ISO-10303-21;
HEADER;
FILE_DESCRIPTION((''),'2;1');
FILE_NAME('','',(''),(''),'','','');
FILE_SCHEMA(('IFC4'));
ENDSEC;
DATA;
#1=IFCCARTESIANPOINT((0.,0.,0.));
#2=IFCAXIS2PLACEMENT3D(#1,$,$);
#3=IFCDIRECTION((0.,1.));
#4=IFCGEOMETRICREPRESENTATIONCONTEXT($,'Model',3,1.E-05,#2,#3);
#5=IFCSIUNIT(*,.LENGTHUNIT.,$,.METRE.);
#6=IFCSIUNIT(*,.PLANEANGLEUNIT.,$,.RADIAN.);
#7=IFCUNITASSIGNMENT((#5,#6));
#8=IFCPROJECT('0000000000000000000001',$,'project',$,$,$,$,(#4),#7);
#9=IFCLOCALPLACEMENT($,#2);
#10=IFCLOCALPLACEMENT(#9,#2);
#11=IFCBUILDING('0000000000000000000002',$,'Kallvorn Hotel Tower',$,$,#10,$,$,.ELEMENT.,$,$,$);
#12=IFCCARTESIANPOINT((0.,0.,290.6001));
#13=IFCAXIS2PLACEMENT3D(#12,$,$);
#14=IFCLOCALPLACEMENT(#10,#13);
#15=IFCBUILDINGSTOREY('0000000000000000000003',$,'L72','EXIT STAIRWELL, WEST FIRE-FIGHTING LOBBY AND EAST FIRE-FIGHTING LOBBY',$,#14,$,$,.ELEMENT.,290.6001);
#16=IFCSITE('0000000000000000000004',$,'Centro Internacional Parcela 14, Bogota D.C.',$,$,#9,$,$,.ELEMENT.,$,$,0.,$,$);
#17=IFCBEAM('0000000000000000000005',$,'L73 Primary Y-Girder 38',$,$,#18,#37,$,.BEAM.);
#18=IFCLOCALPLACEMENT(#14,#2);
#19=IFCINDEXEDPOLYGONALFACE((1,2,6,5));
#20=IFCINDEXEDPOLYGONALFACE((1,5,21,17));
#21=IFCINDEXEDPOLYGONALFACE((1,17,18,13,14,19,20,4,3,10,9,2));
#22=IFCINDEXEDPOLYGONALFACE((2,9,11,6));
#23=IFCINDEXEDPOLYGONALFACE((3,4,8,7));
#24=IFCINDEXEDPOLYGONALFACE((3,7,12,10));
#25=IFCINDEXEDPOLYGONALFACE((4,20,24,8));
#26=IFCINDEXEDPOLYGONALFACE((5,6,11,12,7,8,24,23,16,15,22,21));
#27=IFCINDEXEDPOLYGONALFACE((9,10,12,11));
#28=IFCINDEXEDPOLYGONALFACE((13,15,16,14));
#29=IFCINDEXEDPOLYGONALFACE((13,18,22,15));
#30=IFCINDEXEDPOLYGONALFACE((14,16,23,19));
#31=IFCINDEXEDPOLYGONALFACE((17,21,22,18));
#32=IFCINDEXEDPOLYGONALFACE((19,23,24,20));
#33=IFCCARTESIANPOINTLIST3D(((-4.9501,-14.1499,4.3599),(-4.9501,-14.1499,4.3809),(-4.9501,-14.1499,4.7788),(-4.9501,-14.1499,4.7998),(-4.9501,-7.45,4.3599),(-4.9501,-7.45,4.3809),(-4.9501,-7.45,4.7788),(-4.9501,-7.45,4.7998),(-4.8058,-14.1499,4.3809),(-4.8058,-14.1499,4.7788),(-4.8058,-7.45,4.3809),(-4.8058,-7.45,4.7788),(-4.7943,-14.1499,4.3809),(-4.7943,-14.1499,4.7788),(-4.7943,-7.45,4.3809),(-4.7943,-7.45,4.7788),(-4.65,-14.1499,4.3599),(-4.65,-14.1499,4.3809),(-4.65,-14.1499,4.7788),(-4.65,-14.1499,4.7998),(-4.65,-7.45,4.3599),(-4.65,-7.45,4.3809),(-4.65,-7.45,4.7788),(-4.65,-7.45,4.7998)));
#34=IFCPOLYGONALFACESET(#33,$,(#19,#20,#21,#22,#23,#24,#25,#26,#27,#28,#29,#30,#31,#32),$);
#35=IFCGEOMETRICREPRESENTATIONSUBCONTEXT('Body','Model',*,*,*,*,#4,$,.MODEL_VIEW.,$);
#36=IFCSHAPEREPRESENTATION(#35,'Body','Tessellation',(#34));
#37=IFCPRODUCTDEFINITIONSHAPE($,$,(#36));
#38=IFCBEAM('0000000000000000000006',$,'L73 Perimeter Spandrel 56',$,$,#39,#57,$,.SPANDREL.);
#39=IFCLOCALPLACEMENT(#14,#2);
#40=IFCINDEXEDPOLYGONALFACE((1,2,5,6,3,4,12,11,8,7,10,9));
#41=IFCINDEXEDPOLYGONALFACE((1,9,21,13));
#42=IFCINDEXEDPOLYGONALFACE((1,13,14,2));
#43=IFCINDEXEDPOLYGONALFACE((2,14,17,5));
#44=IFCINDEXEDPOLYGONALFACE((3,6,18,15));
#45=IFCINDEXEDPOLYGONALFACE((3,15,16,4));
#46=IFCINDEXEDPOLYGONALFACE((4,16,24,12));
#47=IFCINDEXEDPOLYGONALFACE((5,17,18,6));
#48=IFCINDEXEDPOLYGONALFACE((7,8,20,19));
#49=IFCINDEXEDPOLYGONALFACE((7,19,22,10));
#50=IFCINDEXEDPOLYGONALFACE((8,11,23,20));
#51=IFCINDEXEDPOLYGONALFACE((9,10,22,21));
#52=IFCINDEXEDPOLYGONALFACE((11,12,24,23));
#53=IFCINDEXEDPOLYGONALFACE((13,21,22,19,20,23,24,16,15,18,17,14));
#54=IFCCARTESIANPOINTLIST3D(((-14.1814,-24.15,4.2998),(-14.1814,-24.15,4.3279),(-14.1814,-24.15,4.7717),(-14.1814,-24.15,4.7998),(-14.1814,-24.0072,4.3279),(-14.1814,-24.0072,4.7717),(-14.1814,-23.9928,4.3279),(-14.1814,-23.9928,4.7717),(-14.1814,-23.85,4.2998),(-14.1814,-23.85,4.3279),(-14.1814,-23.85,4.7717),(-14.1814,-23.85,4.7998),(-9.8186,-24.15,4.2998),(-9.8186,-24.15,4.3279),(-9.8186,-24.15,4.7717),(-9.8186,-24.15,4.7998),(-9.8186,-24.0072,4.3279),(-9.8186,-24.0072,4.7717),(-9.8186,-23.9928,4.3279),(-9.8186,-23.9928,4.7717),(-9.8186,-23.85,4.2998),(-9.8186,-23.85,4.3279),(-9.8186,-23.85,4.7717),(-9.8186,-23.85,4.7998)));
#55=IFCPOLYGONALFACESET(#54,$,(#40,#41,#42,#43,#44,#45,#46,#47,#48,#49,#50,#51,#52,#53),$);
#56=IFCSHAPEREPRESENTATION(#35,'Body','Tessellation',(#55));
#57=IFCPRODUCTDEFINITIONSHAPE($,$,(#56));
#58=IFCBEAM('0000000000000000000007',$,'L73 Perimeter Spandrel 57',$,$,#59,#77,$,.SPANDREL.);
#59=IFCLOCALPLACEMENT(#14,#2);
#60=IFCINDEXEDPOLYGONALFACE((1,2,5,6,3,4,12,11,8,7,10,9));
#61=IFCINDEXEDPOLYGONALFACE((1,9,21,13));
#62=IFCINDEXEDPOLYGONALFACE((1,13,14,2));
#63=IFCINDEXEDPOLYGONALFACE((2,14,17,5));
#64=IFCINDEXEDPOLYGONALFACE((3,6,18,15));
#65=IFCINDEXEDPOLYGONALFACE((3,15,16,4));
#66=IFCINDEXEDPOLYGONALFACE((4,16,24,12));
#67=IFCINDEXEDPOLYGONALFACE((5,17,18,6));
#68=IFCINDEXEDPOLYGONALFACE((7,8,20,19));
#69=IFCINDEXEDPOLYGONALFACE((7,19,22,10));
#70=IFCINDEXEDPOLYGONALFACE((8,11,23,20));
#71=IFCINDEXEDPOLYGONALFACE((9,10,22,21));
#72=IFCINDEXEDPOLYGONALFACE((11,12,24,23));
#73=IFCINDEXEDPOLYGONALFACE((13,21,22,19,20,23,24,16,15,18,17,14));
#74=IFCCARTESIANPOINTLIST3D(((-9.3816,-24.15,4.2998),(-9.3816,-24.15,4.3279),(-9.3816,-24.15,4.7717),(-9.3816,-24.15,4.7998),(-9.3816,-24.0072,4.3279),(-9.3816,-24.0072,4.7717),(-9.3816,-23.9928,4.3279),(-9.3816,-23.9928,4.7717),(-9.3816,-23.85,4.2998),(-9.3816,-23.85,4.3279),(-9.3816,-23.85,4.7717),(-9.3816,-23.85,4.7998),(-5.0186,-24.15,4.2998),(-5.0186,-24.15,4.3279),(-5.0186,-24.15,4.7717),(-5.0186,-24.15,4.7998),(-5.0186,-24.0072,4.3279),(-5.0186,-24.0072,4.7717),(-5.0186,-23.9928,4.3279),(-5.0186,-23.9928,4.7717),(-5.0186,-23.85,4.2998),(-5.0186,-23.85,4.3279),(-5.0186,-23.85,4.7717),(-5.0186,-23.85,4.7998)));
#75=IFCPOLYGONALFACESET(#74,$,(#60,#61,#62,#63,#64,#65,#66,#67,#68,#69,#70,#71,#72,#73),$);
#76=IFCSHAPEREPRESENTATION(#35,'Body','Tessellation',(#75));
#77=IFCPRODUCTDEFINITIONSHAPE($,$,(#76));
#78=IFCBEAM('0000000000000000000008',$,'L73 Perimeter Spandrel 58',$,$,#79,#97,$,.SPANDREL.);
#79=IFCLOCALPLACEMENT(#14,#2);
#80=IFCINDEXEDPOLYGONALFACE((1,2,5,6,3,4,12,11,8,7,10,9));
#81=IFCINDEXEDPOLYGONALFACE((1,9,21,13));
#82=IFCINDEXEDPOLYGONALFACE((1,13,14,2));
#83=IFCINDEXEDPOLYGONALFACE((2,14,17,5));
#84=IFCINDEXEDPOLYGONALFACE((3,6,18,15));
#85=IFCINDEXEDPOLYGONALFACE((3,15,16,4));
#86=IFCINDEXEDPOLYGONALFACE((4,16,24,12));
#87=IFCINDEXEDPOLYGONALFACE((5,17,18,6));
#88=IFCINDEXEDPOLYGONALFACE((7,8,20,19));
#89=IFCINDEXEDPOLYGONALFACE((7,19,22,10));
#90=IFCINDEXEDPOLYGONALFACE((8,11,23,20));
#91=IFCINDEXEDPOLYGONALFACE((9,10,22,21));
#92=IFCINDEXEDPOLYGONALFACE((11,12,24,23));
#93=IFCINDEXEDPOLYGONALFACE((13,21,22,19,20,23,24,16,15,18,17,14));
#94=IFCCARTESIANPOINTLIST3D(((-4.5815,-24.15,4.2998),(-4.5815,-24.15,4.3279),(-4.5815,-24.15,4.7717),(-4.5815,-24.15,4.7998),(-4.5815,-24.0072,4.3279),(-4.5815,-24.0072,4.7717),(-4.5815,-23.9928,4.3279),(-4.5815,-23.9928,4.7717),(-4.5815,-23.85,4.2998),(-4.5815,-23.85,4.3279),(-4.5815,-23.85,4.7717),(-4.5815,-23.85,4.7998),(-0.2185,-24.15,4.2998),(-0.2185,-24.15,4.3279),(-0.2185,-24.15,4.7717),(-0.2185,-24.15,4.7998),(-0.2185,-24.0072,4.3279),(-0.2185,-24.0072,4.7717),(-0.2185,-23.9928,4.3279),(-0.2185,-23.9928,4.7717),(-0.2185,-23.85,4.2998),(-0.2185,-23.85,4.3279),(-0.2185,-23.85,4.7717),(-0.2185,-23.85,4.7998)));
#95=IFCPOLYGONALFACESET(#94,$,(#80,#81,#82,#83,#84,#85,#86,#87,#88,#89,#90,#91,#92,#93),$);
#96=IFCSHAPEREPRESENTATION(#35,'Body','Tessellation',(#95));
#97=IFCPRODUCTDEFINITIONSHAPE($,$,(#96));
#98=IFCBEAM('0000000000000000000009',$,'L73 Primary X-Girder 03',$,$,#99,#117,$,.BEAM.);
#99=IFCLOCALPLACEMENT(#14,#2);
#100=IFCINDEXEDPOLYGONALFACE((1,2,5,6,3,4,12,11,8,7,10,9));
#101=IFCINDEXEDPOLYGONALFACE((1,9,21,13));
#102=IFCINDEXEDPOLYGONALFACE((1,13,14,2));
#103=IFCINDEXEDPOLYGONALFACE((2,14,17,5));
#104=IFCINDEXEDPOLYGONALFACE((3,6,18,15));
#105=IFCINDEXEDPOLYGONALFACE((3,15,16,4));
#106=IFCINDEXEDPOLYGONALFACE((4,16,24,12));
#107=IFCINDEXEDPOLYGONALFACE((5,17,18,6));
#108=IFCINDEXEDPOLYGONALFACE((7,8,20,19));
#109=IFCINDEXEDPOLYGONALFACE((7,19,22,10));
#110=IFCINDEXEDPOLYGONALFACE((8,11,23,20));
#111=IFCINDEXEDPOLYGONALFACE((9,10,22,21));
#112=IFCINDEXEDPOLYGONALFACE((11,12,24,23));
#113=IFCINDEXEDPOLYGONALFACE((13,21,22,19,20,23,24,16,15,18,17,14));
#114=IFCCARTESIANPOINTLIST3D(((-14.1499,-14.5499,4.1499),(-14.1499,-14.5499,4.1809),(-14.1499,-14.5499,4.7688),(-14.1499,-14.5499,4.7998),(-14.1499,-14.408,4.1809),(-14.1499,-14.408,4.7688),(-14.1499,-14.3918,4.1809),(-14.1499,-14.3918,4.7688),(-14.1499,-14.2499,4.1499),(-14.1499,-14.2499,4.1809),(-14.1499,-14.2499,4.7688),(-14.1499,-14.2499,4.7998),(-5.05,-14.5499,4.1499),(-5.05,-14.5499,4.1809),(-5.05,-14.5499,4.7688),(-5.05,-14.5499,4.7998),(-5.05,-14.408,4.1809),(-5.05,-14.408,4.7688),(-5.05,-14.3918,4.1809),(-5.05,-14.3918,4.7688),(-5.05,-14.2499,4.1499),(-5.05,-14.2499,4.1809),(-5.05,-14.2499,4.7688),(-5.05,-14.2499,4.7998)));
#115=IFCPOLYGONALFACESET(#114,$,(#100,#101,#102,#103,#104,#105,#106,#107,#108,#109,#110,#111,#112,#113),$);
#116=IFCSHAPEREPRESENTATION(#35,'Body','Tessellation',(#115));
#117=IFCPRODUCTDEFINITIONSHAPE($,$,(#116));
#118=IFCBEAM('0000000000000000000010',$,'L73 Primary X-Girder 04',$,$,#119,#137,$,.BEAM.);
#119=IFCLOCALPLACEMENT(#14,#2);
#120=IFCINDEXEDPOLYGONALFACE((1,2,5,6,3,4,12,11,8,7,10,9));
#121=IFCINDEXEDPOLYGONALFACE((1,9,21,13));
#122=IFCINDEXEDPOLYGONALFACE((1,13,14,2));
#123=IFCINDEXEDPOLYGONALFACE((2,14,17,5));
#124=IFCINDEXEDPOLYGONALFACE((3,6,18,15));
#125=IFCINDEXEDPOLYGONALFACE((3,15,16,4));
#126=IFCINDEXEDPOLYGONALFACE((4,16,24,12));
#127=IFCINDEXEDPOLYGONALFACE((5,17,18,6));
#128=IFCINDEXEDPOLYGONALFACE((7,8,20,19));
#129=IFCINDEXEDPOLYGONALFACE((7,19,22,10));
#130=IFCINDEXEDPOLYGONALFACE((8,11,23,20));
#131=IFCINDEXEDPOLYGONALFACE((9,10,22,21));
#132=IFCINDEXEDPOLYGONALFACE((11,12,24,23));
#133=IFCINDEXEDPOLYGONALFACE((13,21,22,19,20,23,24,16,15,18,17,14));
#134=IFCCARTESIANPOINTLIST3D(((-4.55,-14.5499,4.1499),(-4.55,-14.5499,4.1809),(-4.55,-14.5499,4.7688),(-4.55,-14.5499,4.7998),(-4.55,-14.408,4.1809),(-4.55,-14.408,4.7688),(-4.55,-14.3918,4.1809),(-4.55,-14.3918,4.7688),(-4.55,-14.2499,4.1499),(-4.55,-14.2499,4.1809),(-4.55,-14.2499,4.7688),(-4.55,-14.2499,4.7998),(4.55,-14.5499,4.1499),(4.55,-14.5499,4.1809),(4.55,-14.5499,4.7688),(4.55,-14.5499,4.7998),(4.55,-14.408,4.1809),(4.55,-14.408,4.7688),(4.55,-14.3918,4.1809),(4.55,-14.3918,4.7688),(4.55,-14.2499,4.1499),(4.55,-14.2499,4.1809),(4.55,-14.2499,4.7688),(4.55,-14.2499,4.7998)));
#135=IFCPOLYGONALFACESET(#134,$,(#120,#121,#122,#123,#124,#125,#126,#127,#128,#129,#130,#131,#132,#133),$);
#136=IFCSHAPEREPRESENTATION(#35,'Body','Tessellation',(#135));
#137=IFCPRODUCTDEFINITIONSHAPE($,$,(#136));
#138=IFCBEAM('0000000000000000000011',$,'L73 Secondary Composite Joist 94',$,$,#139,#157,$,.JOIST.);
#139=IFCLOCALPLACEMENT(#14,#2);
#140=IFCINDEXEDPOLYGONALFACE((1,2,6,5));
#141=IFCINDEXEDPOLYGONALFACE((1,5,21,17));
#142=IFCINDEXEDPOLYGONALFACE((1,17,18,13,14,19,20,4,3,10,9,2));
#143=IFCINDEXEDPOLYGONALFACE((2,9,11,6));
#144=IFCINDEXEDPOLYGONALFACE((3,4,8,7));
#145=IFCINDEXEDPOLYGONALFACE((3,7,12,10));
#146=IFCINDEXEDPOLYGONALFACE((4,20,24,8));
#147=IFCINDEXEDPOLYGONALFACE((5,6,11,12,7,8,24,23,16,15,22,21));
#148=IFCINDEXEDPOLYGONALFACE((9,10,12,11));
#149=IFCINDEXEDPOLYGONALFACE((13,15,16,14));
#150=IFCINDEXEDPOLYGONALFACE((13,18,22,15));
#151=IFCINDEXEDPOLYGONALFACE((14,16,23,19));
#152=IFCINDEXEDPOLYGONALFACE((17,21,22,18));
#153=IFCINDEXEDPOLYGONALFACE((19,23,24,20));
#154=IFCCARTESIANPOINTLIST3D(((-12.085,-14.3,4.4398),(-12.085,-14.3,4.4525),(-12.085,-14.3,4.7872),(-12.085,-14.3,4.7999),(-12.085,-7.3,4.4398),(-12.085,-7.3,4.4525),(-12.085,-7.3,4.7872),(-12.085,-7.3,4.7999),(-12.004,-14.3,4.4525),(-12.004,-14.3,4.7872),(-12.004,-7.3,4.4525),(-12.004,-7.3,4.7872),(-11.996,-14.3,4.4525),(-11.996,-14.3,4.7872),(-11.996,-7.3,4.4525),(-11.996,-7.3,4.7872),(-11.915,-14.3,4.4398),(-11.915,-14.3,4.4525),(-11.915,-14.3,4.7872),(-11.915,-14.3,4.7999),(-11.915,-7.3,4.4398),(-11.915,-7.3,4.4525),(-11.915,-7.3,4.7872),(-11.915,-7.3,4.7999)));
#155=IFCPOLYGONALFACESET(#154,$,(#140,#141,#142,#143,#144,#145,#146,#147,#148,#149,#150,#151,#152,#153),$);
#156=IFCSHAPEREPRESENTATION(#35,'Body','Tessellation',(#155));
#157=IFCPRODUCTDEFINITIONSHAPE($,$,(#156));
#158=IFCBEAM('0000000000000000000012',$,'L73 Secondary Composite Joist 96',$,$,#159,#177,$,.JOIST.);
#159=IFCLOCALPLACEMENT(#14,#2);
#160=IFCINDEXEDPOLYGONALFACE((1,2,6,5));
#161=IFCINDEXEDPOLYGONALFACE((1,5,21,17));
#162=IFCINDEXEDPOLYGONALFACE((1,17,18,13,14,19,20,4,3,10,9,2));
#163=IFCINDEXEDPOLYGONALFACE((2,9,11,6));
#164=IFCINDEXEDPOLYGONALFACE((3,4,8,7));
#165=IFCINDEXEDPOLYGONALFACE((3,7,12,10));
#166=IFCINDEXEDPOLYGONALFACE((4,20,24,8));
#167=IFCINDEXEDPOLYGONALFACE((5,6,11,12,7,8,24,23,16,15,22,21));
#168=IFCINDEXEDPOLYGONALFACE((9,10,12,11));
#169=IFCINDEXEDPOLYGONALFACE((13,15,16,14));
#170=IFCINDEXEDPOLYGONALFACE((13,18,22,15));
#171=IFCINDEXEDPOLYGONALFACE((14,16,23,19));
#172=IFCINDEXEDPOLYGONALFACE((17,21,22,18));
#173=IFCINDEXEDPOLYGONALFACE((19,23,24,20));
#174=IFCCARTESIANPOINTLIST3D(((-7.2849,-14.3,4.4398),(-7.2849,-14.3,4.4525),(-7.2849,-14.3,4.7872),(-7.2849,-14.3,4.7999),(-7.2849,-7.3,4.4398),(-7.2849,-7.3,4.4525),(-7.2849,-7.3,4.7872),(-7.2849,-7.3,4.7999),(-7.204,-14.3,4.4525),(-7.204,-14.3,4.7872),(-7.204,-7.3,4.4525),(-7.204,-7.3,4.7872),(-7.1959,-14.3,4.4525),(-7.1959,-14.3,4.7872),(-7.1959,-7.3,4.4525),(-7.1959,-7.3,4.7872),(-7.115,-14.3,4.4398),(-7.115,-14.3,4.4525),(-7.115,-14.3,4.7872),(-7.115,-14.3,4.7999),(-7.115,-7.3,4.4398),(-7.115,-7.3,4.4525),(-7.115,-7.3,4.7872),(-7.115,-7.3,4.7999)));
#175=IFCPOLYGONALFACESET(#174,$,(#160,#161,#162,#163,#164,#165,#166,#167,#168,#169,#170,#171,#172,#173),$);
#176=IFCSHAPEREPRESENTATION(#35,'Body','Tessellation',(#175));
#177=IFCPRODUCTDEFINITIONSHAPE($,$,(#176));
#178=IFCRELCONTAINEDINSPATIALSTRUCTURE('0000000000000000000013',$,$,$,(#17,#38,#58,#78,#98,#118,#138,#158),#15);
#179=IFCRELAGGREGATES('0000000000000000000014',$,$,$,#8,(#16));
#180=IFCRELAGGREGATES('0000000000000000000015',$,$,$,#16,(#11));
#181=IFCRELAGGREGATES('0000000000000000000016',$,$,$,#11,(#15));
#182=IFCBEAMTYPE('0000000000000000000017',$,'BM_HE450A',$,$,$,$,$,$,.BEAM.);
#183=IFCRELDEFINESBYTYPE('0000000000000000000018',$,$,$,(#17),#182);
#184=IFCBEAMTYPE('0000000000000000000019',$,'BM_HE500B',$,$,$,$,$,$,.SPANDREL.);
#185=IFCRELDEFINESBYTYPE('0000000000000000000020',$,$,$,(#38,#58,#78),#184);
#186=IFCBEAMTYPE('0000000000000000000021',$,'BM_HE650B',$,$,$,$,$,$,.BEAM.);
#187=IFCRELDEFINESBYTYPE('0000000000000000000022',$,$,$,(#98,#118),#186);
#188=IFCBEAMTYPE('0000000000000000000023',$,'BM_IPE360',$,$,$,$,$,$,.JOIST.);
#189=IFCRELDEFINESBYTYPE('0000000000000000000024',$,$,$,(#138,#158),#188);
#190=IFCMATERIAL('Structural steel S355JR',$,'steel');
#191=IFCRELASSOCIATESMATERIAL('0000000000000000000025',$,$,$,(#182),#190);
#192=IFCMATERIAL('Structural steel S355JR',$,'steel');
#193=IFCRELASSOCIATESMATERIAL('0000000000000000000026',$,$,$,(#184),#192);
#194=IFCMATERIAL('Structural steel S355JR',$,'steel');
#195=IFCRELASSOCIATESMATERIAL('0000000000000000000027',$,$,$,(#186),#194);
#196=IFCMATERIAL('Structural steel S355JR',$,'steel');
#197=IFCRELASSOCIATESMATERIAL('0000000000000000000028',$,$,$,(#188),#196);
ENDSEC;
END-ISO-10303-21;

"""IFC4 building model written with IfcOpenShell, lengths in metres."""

from ifc_helpers import new_model, si_unit, direction, frame, origin, origin_2d, place, context, subcontext, project, spatial, i_section, extrude, material, material_profile, profile_set, type_object, element, save


model = new_model("IFC4")

# Units and contexts
model_context = context("Model", 3, precision=1e-05, world=origin(), true_north=direction((0.0, 1.0)))
body_context = subcontext(model_context, "Body", "Model", "MODEL_VIEW")
ifc_project = project(units=[si_unit("LENGTHUNIT", "METRE"), si_unit("PLANEANGLEUNIT", "RADIAN")], contexts=[model_context])

# Site, building, storey
site_placement = place(None, origin())
site = spatial("IfcSite", under=ifc_project, at=site_placement, Name="Centro Internacional Parcela 14, Bogota D.C.", CompositionType="ELEMENT", RefElevation=0.0)
building_placement = place(site_placement, origin())
building = spatial("IfcBuilding", under=site, at=building_placement, Name="Kallvorn Hotel Tower", CompositionType="ELEMENT")
storey_placement = place(building_placement, frame((0.0, 0.0, 290.6001)))
storey = spatial("IfcBuildingStorey", under=building, at=storey_placement, Name="L72", Description="EXIT STAIRWELL, WEST FIRE-FIGHTING LOBBY AND EAST FIRE-FIGHTING LOBBY", CompositionType="ELEMENT", Elevation=290.6001)

# Beams
ifc_material_1 = material(Name="Structural steel S355JR", Category="steel")
ifc_material_profile_1 = material_profile(ifc_material_1, i_section(OverallWidth=0.3, OverallDepth=0.4399, WebThickness=0.0115, FlangeThickness=0.021, at=origin_2d()), Name="HE 450 A")
ifc_profile_set_1 = profile_set([ifc_material_profile_1], Name="Structural steel S355JR")
beam_type_1 = type_object("IfcBeamType", Name="BM_HE450A", PredefinedType="BEAM", material=ifc_profile_set_1)
beam_1_placement = place(storey_placement, frame((-4.8, -14.1499, 4.5798), z_axis=(0.0, 1.0, 0.0), x_axis=(-1.0, 0.0, 0.0)))
element("IfcBeam", 1, at=beam_1_placement, inside=storey, type_object=beam_type_1, Name="L73 Primary Y-Girder 38", PredefinedType="BEAM", context=body_context, shape_type="SweptSolid", body=[
    extrude(i_section(OverallWidth=0.3, OverallDepth=0.4399, WebThickness=0.0115, FlangeThickness=0.021, at=origin_2d()), origin(), (0.0, 0.0, 1.0), 6.7),
])
ifc_material_2 = material(Name="Structural steel S355JR", Category="steel")
ifc_material_profile_2 = material_profile(ifc_material_2, i_section(OverallWidth=0.3, OverallDepth=0.5, WebThickness=0.0144, FlangeThickness=0.0281, at=origin_2d()), Name="HE 500 B")
ifc_profile_set_2 = profile_set([ifc_material_profile_2], Name="Structural steel S355JR")
beam_type_2 = type_object("IfcBeamType", Name="BM_HE500B", PredefinedType="SPANDREL", material=ifc_profile_set_2)
beam_2_placement = place(storey_placement, frame((-14.1814, -24.0, 4.5498), z_axis=(1.0, 0.0, 0.0), x_axis=(0.0, 1.0, 0.0)))
element("IfcBeam", 2, at=beam_2_placement, inside=storey, type_object=beam_type_2, Name="L73 Perimeter Spandrel 56", PredefinedType="SPANDREL", context=body_context, shape_type="SweptSolid", body=[
    extrude(i_section(OverallWidth=0.3, OverallDepth=0.5, WebThickness=0.0144, FlangeThickness=0.0281, at=origin_2d()), origin(), (0.0, 0.0, 1.0), 4.3628),
])
for number, where, z_axis, x_axis, name in (
    (3, (-9.3816, -24.0, 4.5498), (1.0, 0.0, 0.0), (0.0, 1.0, 0.0), "L73 Perimeter Spandrel 57"),
    (4, (-4.5815, -24.0, 4.5498), (1.0, 0.0, 0.0), (0.0, 1.0, 0.0), "L73 Perimeter Spandrel 58"),
):
    element("IfcBeam", number, at=place(storey_placement, frame(where, z_axis=z_axis, x_axis=x_axis)), inside=storey, type_object=beam_type_2, Name=name, PredefinedType="SPANDREL", context=body_context, shape_type="SweptSolid", body=[
        extrude(i_section(OverallWidth=0.3, OverallDepth=0.5, WebThickness=0.0144, FlangeThickness=0.0281, at=origin_2d()), origin(), (0.0, 0.0, 1.0), 4.363),
    ])
ifc_material_3 = material(Name="Structural steel S355JR", Category="steel")
ifc_material_profile_3 = material_profile(ifc_material_3, i_section(OverallWidth=0.3, OverallDepth=0.6499, WebThickness=0.0161, FlangeThickness=0.031, at=origin_2d()), Name="HE 650 B")
ifc_profile_set_3 = profile_set([ifc_material_profile_3], Name="Structural steel S355JR")
beam_type_3 = type_object("IfcBeamType", Name="BM_HE650B", PredefinedType="BEAM", material=ifc_profile_set_3)
beam_3_placement = place(storey_placement, frame((-14.1499, -14.3999, 4.4749), z_axis=(1.0, 0.0, 0.0), x_axis=(0.0, 1.0, 0.0)))
element("IfcBeam", 5, at=beam_3_placement, inside=storey, type_object=beam_type_3, Name="L73 Primary X-Girder 03", PredefinedType="BEAM", context=body_context, shape_type="SweptSolid", body=[
    extrude(i_section(OverallWidth=0.3, OverallDepth=0.6499, WebThickness=0.0161, FlangeThickness=0.031, at=origin_2d()), origin(), (0.0, 0.0, 1.0), 9.0999),
])
beam_4_placement = place(storey_placement, frame((-4.55, -14.3999, 4.4749), z_axis=(1.0, 0.0, 0.0), x_axis=(0.0, 1.0, 0.0)))
element("IfcBeam", 6, at=beam_4_placement, inside=storey, type_object=beam_type_3, Name="L73 Primary X-Girder 04", PredefinedType="BEAM", context=body_context, shape_type="SweptSolid", body=[
    extrude(i_section(OverallWidth=0.3, OverallDepth=0.6499, WebThickness=0.0161, FlangeThickness=0.031, at=origin_2d()), origin(), (0.0, 0.0, 1.0), 9.1001),
])
ifc_material_4 = material(Name="Structural steel S355JR", Category="steel")
ifc_material_profile_4 = material_profile(ifc_material_4, i_section(OverallWidth=0.1699, OverallDepth=0.3601, WebThickness=0.0081, FlangeThickness=0.0127, at=origin_2d()), Name="IPE 360")
ifc_profile_set_4 = profile_set([ifc_material_profile_4], Name="Structural steel S355JR")
beam_type_4 = type_object("IfcBeamType", Name="BM_IPE360", PredefinedType="JOIST", material=ifc_profile_set_4)
for number, where, z_axis, x_axis, name in (
    (7, (-12.0, -14.3, 4.6199), (0.0, 1.0, 0.0), (-1.0, 0.0, 0.0), "L73 Secondary Composite Joist 94"),
    (8, (-7.2, -14.3, 4.6199), (0.0, 1.0, 0.0), (-1.0, 0.0, 0.0), "L73 Secondary Composite Joist 96"),
):
    element("IfcBeam", number, at=place(storey_placement, frame(where, z_axis=z_axis, x_axis=x_axis)), inside=storey, type_object=beam_type_4, Name=name, PredefinedType="JOIST", context=body_context, shape_type="SweptSolid", body=[
        extrude(i_section(OverallWidth=0.1699, OverallDepth=0.3601, WebThickness=0.0081, FlangeThickness=0.0127, at=origin_2d()), origin(), (0.0, 0.0, 1.0), 7.0),
    ])

save(model, "model.ifc")
